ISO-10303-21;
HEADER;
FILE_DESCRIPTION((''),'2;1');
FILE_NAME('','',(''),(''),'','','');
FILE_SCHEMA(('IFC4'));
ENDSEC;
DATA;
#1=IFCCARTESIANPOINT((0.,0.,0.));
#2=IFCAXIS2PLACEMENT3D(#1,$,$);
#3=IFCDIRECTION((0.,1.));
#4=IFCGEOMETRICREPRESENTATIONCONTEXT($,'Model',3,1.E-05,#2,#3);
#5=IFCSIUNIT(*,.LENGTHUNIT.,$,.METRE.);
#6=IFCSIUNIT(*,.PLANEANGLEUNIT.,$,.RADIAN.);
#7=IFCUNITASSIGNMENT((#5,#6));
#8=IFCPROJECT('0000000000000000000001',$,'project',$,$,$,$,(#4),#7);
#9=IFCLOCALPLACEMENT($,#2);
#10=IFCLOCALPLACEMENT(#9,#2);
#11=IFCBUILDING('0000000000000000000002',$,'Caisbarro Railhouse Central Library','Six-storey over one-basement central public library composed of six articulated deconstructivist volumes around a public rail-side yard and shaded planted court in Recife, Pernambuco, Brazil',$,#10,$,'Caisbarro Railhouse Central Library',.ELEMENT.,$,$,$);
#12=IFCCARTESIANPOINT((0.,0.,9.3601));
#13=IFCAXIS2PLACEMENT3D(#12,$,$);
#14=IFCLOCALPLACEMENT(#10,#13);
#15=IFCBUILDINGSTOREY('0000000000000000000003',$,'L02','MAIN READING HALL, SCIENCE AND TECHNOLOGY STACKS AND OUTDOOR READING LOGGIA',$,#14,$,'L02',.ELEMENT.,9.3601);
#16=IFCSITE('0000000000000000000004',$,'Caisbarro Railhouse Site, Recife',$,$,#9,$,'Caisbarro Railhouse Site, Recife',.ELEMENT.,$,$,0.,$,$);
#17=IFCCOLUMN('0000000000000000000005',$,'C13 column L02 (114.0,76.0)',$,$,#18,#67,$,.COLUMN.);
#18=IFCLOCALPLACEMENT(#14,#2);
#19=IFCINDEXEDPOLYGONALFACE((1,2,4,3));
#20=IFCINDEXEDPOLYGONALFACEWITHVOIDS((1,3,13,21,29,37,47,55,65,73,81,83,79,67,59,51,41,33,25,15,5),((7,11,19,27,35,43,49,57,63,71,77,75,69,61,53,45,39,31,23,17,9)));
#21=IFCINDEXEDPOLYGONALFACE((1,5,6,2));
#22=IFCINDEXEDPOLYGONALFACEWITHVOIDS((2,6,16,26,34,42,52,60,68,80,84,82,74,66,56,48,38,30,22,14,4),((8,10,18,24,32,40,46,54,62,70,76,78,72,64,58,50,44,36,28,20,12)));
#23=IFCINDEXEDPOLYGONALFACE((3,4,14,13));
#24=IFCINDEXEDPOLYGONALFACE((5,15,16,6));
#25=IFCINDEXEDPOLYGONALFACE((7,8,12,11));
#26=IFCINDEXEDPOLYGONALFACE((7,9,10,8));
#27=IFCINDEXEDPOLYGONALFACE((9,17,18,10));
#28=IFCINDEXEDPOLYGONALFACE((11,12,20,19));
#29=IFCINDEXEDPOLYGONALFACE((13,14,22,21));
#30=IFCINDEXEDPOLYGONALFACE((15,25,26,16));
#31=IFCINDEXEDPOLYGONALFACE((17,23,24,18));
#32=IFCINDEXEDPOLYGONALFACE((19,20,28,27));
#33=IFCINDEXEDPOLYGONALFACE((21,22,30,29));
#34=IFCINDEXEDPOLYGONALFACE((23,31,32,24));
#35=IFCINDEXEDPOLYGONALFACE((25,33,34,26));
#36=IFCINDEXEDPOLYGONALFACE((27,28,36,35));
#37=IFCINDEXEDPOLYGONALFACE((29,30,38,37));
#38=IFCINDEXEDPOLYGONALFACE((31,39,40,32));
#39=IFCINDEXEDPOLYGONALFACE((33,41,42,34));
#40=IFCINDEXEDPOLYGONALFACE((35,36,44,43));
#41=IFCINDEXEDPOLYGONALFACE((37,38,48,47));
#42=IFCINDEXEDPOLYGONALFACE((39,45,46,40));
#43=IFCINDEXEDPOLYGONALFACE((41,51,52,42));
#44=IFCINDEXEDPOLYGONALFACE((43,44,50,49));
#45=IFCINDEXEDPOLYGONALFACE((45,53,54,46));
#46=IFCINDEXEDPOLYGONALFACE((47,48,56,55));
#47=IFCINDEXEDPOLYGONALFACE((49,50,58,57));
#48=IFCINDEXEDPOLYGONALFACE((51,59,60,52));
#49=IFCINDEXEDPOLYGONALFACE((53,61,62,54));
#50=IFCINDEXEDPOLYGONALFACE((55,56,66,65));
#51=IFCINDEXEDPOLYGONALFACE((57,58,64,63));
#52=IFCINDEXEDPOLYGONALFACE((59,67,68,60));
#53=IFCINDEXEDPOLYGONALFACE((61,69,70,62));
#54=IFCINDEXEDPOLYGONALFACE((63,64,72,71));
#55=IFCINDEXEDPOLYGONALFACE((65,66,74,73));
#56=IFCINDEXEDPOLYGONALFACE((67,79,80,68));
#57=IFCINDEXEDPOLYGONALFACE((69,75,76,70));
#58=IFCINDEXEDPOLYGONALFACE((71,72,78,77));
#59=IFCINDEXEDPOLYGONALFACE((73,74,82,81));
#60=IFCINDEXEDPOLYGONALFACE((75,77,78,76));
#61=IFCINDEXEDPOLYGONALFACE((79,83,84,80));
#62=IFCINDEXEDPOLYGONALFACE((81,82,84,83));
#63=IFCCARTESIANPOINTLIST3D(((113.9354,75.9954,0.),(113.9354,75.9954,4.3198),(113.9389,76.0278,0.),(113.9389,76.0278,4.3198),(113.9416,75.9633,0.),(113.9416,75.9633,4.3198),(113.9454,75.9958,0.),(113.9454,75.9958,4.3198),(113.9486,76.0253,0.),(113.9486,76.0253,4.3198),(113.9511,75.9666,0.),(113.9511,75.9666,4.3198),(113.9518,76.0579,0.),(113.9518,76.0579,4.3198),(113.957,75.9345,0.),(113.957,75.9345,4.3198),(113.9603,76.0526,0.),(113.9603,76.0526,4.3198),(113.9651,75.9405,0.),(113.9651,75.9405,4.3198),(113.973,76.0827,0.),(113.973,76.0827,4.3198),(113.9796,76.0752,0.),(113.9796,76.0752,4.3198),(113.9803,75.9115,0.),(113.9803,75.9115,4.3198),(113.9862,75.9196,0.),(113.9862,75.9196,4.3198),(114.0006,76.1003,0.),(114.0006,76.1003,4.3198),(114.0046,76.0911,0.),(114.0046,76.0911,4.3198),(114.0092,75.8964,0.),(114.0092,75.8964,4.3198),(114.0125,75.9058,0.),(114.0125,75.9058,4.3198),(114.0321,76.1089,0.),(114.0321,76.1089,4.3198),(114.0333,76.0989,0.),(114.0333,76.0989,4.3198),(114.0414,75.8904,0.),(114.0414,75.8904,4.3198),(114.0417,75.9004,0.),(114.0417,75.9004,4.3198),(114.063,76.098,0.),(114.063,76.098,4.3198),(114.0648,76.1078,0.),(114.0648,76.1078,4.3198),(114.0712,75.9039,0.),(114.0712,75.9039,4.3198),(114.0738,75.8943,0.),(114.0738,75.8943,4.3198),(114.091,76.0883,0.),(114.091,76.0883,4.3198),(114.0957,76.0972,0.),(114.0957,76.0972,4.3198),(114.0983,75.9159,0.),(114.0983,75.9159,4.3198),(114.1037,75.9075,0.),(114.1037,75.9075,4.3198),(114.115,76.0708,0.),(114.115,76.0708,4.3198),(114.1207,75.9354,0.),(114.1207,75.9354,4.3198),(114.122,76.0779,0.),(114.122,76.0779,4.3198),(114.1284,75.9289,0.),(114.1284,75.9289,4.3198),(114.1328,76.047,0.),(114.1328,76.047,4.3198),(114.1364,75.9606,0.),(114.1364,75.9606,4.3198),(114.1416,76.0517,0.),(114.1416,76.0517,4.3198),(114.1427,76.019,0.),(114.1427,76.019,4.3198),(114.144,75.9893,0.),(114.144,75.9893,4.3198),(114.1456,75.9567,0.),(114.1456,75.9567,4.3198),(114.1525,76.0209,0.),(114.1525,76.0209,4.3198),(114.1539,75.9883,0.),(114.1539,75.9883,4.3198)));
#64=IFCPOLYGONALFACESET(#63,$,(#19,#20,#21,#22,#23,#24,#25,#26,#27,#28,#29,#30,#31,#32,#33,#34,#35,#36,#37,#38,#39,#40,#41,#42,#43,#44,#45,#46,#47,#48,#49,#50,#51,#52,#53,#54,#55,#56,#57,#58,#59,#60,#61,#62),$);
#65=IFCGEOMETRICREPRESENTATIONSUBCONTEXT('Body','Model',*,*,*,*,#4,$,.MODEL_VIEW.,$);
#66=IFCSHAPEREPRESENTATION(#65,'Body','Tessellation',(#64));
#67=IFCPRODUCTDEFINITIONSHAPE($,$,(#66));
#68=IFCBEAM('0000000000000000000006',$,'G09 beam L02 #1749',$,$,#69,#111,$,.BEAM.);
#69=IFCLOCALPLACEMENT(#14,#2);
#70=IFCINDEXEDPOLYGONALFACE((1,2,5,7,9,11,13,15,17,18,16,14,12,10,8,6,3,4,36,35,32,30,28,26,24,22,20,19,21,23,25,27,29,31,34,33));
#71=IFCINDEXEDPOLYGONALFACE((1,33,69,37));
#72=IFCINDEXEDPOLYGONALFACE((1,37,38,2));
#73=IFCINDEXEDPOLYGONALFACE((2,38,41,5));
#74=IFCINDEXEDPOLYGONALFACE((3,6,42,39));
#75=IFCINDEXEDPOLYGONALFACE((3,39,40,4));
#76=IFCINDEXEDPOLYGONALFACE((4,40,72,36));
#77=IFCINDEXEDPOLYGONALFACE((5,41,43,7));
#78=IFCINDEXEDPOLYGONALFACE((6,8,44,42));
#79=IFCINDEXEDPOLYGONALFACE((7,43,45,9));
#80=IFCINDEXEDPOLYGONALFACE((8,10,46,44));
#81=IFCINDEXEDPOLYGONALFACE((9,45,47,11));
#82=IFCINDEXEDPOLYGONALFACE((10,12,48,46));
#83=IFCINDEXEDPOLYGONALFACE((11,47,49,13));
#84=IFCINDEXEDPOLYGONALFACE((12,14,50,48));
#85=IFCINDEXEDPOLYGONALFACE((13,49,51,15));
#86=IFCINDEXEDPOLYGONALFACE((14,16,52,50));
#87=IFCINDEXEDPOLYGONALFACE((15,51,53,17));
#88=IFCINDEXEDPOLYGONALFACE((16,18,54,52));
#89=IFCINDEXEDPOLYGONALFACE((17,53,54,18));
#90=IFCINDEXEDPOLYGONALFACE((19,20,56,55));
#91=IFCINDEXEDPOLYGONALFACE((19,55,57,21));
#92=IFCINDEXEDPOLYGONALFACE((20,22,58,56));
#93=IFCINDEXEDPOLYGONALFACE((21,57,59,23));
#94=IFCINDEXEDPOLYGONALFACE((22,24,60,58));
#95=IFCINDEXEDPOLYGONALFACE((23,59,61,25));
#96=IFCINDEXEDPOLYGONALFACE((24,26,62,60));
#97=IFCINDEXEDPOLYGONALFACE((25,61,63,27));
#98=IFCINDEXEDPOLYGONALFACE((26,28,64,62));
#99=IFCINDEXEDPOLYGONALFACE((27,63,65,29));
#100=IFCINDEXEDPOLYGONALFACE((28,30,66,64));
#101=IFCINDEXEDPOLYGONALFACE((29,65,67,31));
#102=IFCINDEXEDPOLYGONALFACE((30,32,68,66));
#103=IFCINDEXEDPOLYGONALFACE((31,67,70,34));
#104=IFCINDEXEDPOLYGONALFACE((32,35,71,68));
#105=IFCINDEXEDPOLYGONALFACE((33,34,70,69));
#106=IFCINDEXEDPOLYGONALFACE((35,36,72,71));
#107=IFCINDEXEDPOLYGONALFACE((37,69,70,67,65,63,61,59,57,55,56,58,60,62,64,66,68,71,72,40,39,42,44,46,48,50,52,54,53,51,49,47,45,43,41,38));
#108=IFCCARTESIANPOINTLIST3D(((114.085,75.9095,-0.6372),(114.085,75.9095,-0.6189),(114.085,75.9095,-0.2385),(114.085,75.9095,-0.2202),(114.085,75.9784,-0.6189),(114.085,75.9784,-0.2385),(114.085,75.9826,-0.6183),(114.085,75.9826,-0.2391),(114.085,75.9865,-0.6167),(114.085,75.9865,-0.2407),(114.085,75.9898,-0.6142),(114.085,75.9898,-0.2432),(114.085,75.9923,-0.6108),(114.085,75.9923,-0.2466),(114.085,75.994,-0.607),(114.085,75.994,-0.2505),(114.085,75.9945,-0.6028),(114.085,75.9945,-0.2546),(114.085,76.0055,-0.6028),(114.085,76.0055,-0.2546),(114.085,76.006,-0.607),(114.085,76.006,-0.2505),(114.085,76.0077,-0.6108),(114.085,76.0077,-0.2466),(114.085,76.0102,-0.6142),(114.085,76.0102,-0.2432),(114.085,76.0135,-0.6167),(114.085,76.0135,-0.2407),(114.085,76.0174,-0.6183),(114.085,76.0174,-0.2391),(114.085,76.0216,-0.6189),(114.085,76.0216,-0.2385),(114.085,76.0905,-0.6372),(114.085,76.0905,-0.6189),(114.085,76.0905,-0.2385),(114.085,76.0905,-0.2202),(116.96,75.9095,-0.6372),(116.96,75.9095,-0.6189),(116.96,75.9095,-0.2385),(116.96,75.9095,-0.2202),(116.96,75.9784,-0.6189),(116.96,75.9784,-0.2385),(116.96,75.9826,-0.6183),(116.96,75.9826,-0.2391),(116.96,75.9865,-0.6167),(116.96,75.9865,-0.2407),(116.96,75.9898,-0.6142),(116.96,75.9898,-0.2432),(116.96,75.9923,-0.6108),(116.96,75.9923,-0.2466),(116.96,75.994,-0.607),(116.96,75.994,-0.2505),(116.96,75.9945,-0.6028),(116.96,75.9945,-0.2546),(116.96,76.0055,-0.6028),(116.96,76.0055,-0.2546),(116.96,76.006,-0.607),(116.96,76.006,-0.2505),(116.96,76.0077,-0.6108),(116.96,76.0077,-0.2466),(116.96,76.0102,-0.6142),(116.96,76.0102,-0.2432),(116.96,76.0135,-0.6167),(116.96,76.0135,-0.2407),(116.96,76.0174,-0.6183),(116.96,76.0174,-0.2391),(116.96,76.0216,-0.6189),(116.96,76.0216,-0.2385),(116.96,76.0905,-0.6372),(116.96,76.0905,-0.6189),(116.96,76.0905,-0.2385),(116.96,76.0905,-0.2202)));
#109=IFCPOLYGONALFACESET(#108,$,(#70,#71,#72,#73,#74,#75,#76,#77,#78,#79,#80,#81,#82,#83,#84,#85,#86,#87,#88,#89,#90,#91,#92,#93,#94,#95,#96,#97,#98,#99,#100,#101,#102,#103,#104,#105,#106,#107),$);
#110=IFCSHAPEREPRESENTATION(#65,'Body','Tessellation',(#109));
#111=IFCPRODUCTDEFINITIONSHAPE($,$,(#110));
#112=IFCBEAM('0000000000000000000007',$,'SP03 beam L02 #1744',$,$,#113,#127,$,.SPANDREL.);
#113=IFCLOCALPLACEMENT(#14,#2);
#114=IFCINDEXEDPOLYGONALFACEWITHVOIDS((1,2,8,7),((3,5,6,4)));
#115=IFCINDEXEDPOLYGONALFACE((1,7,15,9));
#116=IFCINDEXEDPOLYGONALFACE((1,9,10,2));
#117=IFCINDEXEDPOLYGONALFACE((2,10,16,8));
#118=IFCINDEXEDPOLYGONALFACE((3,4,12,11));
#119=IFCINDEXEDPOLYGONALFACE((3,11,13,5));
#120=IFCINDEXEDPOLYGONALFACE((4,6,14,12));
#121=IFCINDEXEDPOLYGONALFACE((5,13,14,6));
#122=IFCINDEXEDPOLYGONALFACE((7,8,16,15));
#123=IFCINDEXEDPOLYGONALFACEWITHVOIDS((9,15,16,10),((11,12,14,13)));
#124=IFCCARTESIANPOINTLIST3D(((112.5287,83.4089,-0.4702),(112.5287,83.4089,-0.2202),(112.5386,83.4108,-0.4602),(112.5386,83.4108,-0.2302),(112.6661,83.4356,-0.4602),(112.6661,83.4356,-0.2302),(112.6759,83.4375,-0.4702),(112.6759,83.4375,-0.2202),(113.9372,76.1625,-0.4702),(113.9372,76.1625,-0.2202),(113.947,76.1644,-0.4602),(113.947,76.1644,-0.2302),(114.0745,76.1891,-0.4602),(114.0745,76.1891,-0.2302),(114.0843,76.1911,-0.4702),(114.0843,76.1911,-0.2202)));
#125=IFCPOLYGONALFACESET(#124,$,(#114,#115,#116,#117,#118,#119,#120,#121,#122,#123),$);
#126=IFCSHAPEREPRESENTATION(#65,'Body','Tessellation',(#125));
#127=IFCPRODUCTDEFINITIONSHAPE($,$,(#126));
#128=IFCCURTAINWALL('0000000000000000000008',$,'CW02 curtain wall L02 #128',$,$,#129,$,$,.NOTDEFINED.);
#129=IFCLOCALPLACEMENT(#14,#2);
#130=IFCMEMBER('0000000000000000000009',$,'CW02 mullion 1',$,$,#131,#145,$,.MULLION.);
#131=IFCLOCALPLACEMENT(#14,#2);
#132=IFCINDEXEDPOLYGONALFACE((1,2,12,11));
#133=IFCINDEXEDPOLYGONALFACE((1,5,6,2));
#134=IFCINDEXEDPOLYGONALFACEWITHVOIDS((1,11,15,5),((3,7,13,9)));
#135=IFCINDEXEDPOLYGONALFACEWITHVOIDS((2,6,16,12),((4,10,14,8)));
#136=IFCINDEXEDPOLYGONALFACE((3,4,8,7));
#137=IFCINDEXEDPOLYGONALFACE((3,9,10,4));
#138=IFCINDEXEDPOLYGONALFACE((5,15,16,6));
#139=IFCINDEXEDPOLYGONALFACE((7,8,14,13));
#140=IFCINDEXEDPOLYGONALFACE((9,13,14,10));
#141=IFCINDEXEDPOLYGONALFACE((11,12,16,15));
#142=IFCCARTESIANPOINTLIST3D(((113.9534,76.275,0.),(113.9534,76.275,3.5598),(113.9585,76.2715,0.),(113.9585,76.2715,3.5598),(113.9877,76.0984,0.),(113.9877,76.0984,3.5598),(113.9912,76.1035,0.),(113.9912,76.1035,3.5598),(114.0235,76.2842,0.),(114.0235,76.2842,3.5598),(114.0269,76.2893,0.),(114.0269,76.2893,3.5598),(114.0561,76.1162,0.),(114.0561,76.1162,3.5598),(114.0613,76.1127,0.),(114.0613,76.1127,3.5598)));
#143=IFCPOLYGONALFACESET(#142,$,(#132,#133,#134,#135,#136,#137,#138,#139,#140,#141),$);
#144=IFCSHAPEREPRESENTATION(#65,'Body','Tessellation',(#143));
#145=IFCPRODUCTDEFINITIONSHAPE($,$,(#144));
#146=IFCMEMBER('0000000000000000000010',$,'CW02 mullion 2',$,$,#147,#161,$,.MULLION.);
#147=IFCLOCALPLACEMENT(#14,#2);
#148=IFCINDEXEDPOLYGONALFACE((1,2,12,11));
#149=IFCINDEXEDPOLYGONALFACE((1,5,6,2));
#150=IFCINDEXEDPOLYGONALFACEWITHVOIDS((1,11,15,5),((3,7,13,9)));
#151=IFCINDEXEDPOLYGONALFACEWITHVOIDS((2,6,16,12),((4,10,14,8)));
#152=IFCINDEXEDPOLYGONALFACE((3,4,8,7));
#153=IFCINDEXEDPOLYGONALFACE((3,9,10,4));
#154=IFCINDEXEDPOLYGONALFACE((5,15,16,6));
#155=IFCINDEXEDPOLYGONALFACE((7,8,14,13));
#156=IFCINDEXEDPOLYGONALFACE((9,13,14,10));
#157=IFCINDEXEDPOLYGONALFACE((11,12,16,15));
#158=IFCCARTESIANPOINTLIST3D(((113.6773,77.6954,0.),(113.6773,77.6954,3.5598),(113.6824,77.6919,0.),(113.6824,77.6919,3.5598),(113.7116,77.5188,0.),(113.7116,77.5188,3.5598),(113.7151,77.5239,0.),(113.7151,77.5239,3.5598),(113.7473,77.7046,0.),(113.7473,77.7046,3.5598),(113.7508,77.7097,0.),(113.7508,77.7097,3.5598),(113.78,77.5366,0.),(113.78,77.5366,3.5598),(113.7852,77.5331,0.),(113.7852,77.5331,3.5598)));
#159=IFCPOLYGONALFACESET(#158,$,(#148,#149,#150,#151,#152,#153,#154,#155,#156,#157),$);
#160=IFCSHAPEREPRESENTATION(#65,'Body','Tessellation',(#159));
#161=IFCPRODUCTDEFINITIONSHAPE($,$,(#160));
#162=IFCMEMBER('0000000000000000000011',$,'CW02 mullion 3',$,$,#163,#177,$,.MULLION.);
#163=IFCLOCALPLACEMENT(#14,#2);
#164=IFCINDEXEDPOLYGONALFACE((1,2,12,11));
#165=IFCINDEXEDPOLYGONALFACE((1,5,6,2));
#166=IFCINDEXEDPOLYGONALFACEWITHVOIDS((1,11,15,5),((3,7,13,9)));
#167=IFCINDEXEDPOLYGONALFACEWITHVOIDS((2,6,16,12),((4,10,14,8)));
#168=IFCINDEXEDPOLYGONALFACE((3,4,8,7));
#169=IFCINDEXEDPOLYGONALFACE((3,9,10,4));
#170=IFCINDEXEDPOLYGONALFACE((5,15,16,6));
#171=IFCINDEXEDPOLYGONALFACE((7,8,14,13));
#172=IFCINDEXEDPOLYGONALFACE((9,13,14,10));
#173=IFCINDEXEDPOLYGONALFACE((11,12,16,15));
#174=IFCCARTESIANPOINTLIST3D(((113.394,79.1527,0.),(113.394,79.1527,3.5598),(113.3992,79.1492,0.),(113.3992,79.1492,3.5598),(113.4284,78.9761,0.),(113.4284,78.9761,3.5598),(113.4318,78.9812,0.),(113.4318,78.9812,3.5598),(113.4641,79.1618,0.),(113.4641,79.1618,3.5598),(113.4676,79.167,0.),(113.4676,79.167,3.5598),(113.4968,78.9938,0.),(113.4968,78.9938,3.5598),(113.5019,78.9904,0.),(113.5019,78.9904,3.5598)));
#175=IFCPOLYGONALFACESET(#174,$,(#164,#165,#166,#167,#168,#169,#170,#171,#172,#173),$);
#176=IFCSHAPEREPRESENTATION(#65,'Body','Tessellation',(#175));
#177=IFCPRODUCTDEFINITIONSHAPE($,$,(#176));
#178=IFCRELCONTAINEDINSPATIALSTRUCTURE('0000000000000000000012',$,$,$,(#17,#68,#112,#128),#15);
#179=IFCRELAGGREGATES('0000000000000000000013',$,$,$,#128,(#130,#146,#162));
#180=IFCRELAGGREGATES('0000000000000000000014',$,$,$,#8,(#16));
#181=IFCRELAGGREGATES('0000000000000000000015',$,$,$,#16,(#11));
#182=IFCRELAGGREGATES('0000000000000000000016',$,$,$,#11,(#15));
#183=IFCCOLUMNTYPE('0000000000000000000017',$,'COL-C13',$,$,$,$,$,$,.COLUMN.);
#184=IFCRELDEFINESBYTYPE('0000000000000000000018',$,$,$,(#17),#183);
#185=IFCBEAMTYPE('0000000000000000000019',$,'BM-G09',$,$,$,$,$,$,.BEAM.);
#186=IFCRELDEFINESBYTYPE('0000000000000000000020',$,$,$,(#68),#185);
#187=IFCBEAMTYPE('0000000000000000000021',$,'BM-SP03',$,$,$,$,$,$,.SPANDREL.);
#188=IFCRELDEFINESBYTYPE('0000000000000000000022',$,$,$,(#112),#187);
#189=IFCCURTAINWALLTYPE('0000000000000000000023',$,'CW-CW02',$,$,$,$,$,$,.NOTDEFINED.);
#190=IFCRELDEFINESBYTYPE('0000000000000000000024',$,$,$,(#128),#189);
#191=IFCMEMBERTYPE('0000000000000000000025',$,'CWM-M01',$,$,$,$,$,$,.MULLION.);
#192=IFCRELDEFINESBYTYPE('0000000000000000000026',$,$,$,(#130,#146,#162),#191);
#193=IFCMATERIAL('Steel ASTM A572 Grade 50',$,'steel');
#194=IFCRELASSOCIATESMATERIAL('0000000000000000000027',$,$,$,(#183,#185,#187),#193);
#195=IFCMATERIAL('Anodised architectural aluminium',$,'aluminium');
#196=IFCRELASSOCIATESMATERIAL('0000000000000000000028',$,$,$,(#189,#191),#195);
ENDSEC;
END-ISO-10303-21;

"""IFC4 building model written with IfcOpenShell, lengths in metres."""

from ifc_helpers import new_model, si_unit, direction, frame, origin, origin_2d, place, context, subcontext, project, spatial, hollow_rectangle, hollow_circle, i_section, extrude, material, material_profile, profile_set, type_object, element, aggregate, save


model = new_model("IFC4")

# Units and contexts
model_context = context("Model", 3, precision=1e-05, world=origin(), true_north=direction((0.0, 1.0)))
body_context = subcontext(model_context, "Body", "Model", "MODEL_VIEW")
ifc_project = project(units=[si_unit("LENGTHUNIT", "METRE"), si_unit("PLANEANGLEUNIT", "RADIAN")], contexts=[model_context])

# Site, building, storey
site_placement = place(None, origin())
site = spatial("IfcSite", under=ifc_project, at=site_placement, Name="Caisbarro Railhouse Site, Recife", LongName="Caisbarro Railhouse Site, Recife", CompositionType="ELEMENT", RefElevation=0.0)
building_placement = place(site_placement, origin())
building = spatial("IfcBuilding", under=site, at=building_placement, Name="Caisbarro Railhouse Central Library", Description="Six-storey over one-basement central public library composed of six articulated deconstructivist volumes around a public rail-side yard and shaded planted court in Recife, Pernambuco, Brazil", LongName="Caisbarro Railhouse Central Library", CompositionType="ELEMENT")
storey_placement = place(building_placement, frame((0.0, 0.0, 9.3601)))
storey = spatial("IfcBuildingStorey", under=building, at=storey_placement, Name="L02", Description="MAIN READING HALL, SCIENCE AND TECHNOLOGY STACKS AND OUTDOOR READING LOGGIA", LongName="L02", CompositionType="ELEMENT", Elevation=9.3601)

# Column
ifc_material_1 = material(Name="Steel ASTM A572 Grade 50", Category="steel")
ifc_material_profile_1 = material_profile(ifc_material_1, hollow_circle(Radius=0.1096, WallThickness=0.01, at=origin_2d()), Name="CHS219.1X10")
ifc_profile_set_1 = profile_set([ifc_material_profile_1], Name="Steel ASTM A572 Grade 50")
column_type = type_object("IfcColumnType", Name="COL-C13", PredefinedType="COLUMN", material=ifc_profile_set_1)
column_placement = place(storey_placement, frame((114.0449, 76.0, 0.0), z_axis=(0.0, 0.0, 1.0), x_axis=(0.981627, 0.190809, 0.0)))
element("IfcColumn", 1, at=column_placement, inside=storey, type_object=column_type, Name="C13 column L02 (114.0,76.0)", PredefinedType="COLUMN", context=body_context, shape_type="SweptSolid", body=[
    extrude(hollow_circle(Radius=0.1096, WallThickness=0.01, at=origin_2d()), origin(), (0.0, 0.0, 1.0), 4.3198),
])

# Beams
ifc_material_profile_2 = material_profile(ifc_material_1, i_section(OverallWidth=0.1809, OverallDepth=0.417, WebThickness=0.011, FlangeThickness=0.0183, FilletRadius=0.0161, at=origin_2d()), Name="W410X85.0")
ifc_profile_set_2 = profile_set([ifc_material_profile_2], Name="Steel ASTM A572 Grade 50")
beam_type_1 = type_object("IfcBeamType", Name="BM-G09", PredefinedType="BEAM", material=ifc_profile_set_2)
beam_1_placement = place(storey_placement, frame((114.085, 76.0, -0.4287), z_axis=(1.0, 0.0, 0.0), x_axis=(0.0, 1.0, 0.0)))
element("IfcBeam", 2, at=beam_1_placement, inside=storey, type_object=beam_type_1, Name="G09 beam L02 #1749", PredefinedType="BEAM", context=body_context, shape_type="SweptSolid", body=[
    extrude(i_section(OverallWidth=0.1809, OverallDepth=0.417, WebThickness=0.011, FlangeThickness=0.0183, FilletRadius=0.0161, at=origin_2d()), origin(), (0.0, 0.0, 1.0), 2.875),
])
ifc_material_profile_3 = material_profile(ifc_material_1, hollow_rectangle(XDim=0.1499, YDim=0.25, WallThickness=0.01, at=origin_2d()), Name="HSS250X150X10")
ifc_profile_set_3 = profile_set([ifc_material_profile_3], Name="Steel ASTM A572 Grade 50")
beam_type_2 = type_object("IfcBeamType", Name="BM-SP03", PredefinedType="SPANDREL", material=ifc_profile_set_3)
beam_2_placement = place(storey_placement, frame((114.0107, 76.1768, -0.3452), z_axis=(-0.19079, 0.981631, 0.0), x_axis=(-0.981631, -0.19079, 0.0)))
element("IfcBeam", 3, at=beam_2_placement, inside=storey, type_object=beam_type_2, Name="SP03 beam L02 #1744", PredefinedType="SPANDREL", context=body_context, shape_type="SweptSolid", body=[
    extrude(hollow_rectangle(XDim=0.1499, YDim=0.25, WallThickness=0.01, at=origin_2d()), origin(), (0.0, 0.0, 1.0), 7.3821),
])

# Curtain wall, members
ifc_material_2 = material(Name="Anodised architectural aluminium", Category="aluminium")
curtain_wall_type = type_object("IfcCurtainWallType", Name="CW-CW02", PredefinedType="NOTDEFINED", material=ifc_material_2)
curtain_wall_placement = place(storey_placement, origin())
curtain_wall = element("IfcCurtainWall", 4, at=curtain_wall_placement, inside=storey, type_object=curtain_wall_type, Name="CW02 curtain wall L02 #128", PredefinedType="NOTDEFINED")
ifc_material_profile_4 = material_profile(ifc_material_2, hollow_rectangle(XDim=0.075, YDim=0.1799, WallThickness=0.0044, at=origin_2d()), Name="ALU-MUL-75X180")
ifc_profile_set_4 = profile_set([ifc_material_profile_4], Name="Anodised architectural aluminium")
member_type_1 = type_object("IfcMemberType", Name="CWM-M01", PredefinedType="MULLION", material=ifc_profile_set_4)
member_1_placement = place(storey_placement, frame((114.0073, 76.1938, 0.0), z_axis=(0.0, 0.0, 1.0), x_axis=(-0.981633, -0.190781, 0.0)))
member_1 = element("IfcMember", 5, at=member_1_placement, type_object=member_type_1, Name="CW02 mullion 1", PredefinedType="MULLION", context=body_context, shape_type="SweptSolid", body=[
    extrude(hollow_rectangle(XDim=0.075, YDim=0.1799, WallThickness=0.0044, at=origin_2d()), origin(), (0.0, 0.0, 1.0), 3.5598),
])
member_2_placement = place(storey_placement, frame((113.7312, 77.6143, 0.0), z_axis=(0.0, 0.0, 1.0), x_axis=(-0.981633, -0.190781, 0.0)))
member_2 = element("IfcMember", 6, at=member_2_placement, type_object=member_type_1, Name="CW02 mullion 2", PredefinedType="MULLION", context=body_context, shape_type="SweptSolid", body=[
    extrude(hollow_rectangle(XDim=0.075, YDim=0.1799, WallThickness=0.0044, at=origin_2d()), origin(), (0.0, 0.0, 1.0), 3.5598),
])
member_3_placement = place(storey_placement, frame((113.448, 79.0715, 0.0), z_axis=(0.0, 0.0, 1.0), x_axis=(-0.981633, -0.190781, 0.0)))
member_3 = element("IfcMember", 7, at=member_3_placement, type_object=member_type_1, Name="CW02 mullion 3", PredefinedType="MULLION", context=body_context, shape_type="SweptSolid", body=[
    extrude(hollow_rectangle(XDim=0.075, YDim=0.1799, WallThickness=0.0044, at=origin_2d()), origin(), (0.0, 0.0, 1.0), 3.5598),
])
aggregate(curtain_wall, [member_1, member_2, member_3])

save(model, "model.ifc")
